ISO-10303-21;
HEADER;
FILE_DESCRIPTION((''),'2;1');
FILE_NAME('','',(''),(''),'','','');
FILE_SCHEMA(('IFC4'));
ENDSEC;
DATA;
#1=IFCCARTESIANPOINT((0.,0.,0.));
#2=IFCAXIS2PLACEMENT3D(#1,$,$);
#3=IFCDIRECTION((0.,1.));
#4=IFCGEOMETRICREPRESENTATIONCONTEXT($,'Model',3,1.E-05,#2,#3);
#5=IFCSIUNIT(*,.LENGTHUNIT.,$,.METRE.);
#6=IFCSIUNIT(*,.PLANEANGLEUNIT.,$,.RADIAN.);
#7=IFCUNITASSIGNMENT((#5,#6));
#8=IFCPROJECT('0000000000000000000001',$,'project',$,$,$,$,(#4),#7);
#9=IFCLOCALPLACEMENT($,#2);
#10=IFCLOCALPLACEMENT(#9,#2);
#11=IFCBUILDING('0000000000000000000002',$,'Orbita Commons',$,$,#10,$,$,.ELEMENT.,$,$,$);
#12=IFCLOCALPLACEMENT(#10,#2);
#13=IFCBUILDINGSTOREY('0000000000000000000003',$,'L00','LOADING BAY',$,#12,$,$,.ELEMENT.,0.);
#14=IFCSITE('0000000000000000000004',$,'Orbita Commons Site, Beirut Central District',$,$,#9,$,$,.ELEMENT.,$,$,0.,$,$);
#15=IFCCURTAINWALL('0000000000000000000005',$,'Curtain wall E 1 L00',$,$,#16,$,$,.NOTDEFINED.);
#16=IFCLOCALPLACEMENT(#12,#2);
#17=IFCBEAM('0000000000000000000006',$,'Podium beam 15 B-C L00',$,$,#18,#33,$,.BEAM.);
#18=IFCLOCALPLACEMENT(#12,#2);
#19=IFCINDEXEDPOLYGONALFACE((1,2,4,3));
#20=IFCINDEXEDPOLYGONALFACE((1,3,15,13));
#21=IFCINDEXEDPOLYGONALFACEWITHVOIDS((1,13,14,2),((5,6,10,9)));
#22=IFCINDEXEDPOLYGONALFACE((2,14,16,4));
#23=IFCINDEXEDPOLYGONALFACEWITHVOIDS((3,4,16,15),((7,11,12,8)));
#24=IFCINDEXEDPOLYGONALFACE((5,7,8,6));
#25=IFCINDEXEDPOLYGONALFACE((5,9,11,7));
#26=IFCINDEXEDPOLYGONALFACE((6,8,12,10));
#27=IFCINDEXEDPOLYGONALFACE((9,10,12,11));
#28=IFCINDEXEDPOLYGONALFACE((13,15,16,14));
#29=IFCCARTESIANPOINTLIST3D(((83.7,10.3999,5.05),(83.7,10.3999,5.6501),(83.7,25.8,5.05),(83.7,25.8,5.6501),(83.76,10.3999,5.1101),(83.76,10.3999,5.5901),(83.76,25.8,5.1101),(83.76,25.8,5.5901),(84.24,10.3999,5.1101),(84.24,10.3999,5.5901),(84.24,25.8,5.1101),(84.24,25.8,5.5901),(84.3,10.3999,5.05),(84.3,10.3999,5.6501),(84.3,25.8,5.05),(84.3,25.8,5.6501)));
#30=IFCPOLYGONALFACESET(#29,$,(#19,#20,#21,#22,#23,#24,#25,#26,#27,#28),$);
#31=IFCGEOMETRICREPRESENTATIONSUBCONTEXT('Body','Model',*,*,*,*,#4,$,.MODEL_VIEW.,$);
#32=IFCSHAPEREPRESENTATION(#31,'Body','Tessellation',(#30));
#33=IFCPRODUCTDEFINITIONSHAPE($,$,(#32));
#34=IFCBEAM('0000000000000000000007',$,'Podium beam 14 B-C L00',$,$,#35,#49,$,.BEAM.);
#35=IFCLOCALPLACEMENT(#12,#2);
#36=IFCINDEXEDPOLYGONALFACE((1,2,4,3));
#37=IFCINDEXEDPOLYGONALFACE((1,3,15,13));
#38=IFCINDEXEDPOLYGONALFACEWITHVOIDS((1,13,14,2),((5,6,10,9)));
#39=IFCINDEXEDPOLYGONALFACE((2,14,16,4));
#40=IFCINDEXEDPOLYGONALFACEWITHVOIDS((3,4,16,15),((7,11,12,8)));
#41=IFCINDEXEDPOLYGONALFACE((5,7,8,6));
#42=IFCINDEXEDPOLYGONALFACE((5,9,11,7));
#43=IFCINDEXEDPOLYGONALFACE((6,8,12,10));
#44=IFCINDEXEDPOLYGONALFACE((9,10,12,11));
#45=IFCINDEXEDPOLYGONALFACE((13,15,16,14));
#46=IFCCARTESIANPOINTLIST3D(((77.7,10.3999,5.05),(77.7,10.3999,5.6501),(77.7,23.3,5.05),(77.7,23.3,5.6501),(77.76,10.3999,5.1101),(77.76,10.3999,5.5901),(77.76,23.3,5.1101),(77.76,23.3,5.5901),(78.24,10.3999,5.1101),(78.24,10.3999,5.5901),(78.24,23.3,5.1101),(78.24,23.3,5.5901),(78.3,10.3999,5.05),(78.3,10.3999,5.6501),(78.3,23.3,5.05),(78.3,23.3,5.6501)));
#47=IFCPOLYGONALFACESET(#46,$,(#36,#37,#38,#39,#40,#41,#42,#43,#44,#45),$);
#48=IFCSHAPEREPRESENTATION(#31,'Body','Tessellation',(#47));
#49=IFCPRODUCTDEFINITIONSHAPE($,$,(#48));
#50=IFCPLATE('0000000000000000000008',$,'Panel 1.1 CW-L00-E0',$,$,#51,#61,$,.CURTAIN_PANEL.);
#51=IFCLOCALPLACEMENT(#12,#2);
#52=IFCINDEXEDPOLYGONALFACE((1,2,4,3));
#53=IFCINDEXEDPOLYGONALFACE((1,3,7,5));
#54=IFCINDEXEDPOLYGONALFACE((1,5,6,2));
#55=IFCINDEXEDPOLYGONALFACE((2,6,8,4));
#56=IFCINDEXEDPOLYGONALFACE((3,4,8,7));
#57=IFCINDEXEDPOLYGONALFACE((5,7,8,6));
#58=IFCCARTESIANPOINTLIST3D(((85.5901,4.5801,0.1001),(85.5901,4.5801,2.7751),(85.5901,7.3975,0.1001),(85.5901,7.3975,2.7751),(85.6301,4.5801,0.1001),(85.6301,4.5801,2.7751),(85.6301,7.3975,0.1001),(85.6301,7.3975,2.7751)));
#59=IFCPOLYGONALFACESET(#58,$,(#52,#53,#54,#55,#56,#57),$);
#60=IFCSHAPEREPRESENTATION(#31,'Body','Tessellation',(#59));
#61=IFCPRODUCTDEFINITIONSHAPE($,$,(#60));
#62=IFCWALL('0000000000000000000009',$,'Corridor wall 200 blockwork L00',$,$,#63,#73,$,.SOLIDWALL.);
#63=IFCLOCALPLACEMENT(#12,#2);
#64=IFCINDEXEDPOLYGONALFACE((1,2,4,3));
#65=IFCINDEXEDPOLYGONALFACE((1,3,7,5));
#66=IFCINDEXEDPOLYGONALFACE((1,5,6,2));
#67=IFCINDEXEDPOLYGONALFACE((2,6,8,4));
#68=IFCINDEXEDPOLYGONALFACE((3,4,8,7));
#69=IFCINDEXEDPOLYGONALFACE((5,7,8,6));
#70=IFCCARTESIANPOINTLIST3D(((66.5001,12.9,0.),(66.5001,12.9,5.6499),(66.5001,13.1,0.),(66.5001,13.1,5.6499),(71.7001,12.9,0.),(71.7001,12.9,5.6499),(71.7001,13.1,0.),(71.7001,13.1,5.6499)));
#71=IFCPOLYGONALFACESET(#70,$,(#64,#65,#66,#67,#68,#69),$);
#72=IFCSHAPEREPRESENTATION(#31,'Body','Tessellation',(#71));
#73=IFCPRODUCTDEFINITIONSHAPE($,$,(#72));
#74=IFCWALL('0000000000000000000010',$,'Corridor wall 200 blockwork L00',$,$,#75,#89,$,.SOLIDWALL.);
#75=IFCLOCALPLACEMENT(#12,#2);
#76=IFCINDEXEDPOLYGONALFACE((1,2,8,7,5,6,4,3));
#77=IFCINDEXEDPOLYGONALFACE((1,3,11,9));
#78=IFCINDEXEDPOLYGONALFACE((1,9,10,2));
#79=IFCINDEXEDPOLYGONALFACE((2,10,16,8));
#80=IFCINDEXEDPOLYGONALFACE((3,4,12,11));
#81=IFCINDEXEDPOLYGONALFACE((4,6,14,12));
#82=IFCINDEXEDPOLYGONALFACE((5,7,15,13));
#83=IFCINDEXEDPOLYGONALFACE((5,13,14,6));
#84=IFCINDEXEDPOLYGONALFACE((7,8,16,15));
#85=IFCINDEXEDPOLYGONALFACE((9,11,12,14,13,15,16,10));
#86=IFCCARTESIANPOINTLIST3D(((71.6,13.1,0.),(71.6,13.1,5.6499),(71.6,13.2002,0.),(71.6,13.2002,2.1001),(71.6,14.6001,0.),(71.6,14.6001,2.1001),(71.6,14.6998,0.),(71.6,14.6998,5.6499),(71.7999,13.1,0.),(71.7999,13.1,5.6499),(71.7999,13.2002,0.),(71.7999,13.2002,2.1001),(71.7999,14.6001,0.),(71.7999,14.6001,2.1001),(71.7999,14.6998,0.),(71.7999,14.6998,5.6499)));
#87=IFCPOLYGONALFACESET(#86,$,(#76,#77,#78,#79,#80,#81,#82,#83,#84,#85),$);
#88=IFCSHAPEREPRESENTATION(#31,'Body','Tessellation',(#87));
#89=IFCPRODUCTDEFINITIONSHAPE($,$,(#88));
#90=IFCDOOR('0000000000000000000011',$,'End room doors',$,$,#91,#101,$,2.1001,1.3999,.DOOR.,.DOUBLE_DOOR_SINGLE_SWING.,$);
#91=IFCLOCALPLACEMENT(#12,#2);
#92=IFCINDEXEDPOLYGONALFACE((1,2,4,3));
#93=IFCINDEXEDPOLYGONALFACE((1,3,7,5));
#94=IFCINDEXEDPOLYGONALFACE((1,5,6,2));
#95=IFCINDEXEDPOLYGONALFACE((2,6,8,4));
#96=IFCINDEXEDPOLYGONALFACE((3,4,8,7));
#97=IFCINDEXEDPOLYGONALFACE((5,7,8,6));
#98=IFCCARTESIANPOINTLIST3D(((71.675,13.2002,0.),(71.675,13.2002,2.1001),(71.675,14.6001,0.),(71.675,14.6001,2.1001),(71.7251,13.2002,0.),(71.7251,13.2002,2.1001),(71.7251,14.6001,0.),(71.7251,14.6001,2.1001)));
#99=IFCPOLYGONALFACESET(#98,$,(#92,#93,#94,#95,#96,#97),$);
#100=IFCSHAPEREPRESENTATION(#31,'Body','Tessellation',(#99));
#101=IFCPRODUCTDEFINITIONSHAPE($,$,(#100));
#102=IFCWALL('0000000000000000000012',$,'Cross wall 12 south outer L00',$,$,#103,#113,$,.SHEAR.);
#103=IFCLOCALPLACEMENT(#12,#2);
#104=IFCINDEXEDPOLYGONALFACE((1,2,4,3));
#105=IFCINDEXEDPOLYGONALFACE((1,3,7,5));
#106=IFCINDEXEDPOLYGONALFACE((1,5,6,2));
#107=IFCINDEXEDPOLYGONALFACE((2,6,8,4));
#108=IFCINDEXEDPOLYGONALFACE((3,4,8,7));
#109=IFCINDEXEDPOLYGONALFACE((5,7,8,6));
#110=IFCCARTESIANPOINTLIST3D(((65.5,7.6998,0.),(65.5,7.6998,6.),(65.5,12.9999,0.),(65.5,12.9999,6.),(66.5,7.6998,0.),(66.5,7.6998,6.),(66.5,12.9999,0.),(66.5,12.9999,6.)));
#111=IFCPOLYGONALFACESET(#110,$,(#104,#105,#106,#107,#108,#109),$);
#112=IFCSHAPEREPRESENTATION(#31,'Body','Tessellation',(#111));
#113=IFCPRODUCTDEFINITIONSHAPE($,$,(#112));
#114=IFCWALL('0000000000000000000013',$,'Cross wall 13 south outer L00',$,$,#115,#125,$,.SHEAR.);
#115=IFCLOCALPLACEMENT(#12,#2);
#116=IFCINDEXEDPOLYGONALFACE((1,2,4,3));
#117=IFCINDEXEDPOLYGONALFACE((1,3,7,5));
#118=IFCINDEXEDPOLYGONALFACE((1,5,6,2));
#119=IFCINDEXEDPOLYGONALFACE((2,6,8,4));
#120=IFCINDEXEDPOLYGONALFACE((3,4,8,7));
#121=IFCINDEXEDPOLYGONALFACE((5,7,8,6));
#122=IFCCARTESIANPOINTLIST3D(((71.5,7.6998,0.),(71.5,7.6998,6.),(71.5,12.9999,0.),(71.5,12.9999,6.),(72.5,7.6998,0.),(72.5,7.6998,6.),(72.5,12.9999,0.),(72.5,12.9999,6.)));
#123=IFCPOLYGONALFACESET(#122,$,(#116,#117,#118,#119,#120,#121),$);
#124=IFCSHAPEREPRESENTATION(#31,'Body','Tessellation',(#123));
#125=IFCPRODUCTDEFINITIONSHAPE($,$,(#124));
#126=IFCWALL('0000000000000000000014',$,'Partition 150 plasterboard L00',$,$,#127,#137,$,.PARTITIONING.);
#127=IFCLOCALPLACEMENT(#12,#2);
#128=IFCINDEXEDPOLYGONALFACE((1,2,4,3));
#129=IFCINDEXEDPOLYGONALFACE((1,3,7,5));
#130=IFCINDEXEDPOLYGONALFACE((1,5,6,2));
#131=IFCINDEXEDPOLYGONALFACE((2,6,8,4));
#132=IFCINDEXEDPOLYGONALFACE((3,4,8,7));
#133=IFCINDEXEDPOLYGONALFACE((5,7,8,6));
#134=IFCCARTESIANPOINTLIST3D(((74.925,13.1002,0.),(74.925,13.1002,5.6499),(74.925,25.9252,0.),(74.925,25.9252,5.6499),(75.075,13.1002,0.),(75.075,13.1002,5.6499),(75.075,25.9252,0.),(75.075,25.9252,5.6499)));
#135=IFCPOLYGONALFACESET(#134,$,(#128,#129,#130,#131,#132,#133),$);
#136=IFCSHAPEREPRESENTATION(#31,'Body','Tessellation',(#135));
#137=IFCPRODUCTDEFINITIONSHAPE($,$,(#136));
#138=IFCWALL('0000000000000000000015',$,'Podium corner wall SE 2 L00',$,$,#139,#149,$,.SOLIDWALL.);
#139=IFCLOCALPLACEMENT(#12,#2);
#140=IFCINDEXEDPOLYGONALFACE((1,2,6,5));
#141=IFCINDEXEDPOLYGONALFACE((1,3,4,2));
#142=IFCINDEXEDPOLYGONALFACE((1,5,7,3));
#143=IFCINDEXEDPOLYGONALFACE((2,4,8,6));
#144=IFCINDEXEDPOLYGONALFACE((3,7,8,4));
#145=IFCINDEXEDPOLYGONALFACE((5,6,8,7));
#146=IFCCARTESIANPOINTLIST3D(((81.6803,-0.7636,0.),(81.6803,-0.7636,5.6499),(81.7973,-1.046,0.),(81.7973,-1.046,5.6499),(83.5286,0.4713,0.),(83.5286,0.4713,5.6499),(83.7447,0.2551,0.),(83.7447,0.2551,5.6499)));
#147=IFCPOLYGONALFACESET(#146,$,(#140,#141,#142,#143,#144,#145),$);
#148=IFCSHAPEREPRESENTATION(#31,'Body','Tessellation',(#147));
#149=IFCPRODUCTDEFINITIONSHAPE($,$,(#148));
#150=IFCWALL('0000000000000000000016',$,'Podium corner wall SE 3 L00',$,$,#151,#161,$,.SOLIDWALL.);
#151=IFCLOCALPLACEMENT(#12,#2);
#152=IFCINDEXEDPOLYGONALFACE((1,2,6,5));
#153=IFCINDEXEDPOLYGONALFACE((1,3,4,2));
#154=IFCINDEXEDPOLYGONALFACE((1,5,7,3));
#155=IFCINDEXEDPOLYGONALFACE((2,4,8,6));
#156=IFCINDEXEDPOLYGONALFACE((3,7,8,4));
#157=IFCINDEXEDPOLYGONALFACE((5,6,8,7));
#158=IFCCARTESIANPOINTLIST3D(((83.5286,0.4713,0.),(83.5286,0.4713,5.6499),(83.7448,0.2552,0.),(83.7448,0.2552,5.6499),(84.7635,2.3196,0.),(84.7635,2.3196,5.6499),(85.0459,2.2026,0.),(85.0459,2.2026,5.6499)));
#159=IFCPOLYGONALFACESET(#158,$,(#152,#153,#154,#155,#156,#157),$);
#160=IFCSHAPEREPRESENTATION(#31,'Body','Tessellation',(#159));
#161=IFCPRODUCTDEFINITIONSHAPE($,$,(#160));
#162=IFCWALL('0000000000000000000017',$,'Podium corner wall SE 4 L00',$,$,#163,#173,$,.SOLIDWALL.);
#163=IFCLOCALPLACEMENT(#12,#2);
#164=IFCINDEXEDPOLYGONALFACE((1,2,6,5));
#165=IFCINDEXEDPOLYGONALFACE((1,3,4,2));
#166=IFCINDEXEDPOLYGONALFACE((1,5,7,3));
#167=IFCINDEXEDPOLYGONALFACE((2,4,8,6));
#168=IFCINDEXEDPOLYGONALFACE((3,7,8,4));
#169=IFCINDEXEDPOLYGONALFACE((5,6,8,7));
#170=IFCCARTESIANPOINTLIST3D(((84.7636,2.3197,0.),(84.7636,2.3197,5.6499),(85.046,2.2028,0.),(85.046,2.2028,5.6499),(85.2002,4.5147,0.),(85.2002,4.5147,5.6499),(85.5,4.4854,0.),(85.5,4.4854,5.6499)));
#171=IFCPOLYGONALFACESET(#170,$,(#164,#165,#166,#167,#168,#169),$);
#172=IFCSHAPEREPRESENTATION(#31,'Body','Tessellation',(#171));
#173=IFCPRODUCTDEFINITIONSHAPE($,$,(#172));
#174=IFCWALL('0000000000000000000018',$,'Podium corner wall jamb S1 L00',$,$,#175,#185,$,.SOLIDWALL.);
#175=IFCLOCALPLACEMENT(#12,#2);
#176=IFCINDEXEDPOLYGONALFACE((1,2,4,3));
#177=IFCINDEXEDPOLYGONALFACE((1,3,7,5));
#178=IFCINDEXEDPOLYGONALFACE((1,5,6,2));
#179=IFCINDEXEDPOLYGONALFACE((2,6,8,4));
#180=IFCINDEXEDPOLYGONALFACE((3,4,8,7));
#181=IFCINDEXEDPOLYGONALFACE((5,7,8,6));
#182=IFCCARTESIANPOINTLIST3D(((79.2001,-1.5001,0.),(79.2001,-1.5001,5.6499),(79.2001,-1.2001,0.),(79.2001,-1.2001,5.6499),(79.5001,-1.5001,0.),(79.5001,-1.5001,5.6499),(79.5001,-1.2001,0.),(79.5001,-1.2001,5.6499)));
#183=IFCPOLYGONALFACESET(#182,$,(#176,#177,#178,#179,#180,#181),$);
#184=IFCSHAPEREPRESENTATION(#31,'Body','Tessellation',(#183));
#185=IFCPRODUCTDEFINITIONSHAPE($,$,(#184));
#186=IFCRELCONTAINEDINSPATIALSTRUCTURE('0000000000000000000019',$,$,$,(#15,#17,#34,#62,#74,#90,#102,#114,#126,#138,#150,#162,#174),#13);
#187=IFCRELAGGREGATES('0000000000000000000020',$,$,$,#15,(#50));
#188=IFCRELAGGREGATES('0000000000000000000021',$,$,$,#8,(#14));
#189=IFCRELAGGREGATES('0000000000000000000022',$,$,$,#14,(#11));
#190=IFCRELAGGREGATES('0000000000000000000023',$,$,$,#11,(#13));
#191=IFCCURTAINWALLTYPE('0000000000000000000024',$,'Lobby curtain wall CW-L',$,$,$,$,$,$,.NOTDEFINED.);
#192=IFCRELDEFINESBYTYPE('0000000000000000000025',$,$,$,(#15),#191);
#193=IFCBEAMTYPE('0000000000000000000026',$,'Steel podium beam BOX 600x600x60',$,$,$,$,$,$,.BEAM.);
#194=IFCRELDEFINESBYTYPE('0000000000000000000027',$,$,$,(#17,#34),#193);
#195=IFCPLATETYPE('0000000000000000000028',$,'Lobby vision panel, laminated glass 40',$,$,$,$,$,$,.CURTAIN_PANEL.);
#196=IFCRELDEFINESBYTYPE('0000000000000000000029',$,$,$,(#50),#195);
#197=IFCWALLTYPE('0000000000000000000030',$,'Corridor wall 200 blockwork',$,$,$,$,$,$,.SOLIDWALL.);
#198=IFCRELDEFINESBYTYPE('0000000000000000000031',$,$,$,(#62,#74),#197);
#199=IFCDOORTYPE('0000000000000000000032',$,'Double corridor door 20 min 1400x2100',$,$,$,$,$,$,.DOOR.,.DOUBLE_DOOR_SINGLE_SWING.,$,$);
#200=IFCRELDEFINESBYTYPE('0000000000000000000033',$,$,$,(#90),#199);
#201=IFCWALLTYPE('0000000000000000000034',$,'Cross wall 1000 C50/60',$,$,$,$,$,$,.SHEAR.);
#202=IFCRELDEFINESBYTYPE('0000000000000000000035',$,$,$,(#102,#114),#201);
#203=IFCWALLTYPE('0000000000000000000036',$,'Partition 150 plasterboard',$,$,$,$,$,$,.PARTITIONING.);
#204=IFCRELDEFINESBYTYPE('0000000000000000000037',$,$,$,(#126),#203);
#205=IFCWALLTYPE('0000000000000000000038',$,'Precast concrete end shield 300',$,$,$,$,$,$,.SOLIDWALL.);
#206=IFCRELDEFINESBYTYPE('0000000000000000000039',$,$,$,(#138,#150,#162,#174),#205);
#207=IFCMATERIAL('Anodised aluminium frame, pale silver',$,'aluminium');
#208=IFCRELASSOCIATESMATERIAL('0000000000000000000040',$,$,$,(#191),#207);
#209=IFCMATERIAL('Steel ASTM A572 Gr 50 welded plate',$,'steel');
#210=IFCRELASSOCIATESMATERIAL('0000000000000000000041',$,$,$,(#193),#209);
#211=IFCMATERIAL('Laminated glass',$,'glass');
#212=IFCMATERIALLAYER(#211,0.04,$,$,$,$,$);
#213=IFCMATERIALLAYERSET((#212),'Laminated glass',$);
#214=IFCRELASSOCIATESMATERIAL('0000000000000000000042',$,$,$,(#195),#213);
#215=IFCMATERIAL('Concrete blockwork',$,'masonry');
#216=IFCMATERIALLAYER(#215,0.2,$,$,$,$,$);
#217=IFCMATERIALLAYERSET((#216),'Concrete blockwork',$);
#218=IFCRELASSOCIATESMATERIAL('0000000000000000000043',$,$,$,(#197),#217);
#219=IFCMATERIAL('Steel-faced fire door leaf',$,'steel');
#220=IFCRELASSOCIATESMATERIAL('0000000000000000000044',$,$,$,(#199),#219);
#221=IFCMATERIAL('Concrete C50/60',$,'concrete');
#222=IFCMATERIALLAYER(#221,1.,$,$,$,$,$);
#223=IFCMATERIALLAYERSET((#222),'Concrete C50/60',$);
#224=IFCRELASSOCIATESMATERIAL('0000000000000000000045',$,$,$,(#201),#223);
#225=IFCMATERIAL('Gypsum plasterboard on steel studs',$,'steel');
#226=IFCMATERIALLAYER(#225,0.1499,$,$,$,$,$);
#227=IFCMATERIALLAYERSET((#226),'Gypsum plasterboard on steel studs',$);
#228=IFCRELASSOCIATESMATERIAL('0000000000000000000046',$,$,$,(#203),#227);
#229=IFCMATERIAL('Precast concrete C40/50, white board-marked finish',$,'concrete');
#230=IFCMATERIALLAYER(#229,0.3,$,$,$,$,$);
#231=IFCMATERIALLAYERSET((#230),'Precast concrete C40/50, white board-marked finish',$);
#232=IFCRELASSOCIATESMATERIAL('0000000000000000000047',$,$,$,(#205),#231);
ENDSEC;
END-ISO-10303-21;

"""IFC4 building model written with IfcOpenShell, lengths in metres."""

from ifc_helpers import new_model, si_unit, direction, frame, frame_2d, origin, origin_2d, place, context, subcontext, project, spatial, polyline, rectangle, hollow_rectangle, outline, extrude, material, layer, layer_set, material_profile, profile_set, type_object, element, fill, aggregate, save


model = new_model("IFC4")

# Units and contexts
model_context = context("Model", 3, precision=1e-05, world=origin(), true_north=direction((0.0, 1.0)))
body_context = subcontext(model_context, "Body", "Model", "MODEL_VIEW")
ifc_project = project(units=[si_unit("LENGTHUNIT", "METRE"), si_unit("PLANEANGLEUNIT", "RADIAN")], contexts=[model_context])

# Site, building, storey
site_placement = place(None, origin())
site = spatial("IfcSite", under=ifc_project, at=site_placement, Name="Orbita Commons Site, Beirut Central District", CompositionType="ELEMENT", RefElevation=0.0)
building_placement = place(site_placement, origin())
building = spatial("IfcBuilding", under=site, at=building_placement, Name="Orbita Commons", CompositionType="ELEMENT")
storey_placement = place(building_placement, origin())
storey = spatial("IfcBuildingStorey", under=building, at=storey_placement, Name="L00", Description="LOADING BAY", CompositionType="ELEMENT", Elevation=0.0)

# Curtain wall
ifc_material_1 = material(Name="Anodised aluminium frame, pale silver", Category="aluminium")
curtain_wall_type = type_object("IfcCurtainWallType", Name="Lobby curtain wall CW-L", PredefinedType="NOTDEFINED", material=ifc_material_1)
curtain_wall_placement = place(storey_placement, origin())
curtain_wall = element("IfcCurtainWall", 1, at=curtain_wall_placement, inside=storey, type_object=curtain_wall_type, Name="Curtain wall E 1 L00", PredefinedType="NOTDEFINED")

# Beams
ifc_material_2 = material(Name="Steel ASTM A572 Gr 50 welded plate", Category="steel")
ifc_material_profile_1 = material_profile(ifc_material_2, hollow_rectangle(XDim=0.6001, YDim=0.6001, WallThickness=0.0601, at=origin_2d()), Name="BOX 600x600x60")
ifc_profile_set_1 = profile_set([ifc_material_profile_1], Name="Steel ASTM A572 Gr 50 welded plate")
beam_type = type_object("IfcBeamType", Name="Steel podium beam BOX 600x600x60", PredefinedType="BEAM", material=ifc_profile_set_1)
beam_1_placement = place(storey_placement, frame((84.0, 10.3999, 5.3501), z_axis=(0.0, 1.0, 0.0), x_axis=(-1.0, 0.0, 0.0)))
element("IfcBeam", 2, at=beam_1_placement, inside=storey, type_object=beam_type, Name="Podium beam 15 B-C L00", PredefinedType="BEAM", context=body_context, shape_type="SweptSolid", body=[
    extrude(hollow_rectangle(XDim=0.6001, YDim=0.6001, WallThickness=0.0601, at=origin_2d()), origin(), (0.0, 0.0, 1.0), 15.4001),
])
beam_2_placement = place(storey_placement, frame((78.0, 10.3999, 5.3501), z_axis=(0.0, 1.0, 0.0), x_axis=(-1.0, 0.0, 0.0)))
element("IfcBeam", 3, at=beam_2_placement, inside=storey, type_object=beam_type, Name="Podium beam 14 B-C L00", PredefinedType="BEAM", context=body_context, shape_type="SweptSolid", body=[
    extrude(hollow_rectangle(XDim=0.6001, YDim=0.6001, WallThickness=0.0601, at=origin_2d()), origin(), (0.0, 0.0, 1.0), 12.9001),
])

# Plate
ifc_material_3 = material(Name="Laminated glass", Category="glass")
ifc_layer_1 = layer(ifc_material_3, 0.04)
ifc_layer_set_1 = layer_set([ifc_layer_1], Name="Laminated glass")
plate_type = type_object("IfcPlateType", Name="Lobby vision panel, laminated glass 40", PredefinedType="CURTAIN_PANEL", material=ifc_layer_set_1)
plate_placement = place(storey_placement, frame((85.6101, 5.9888, 0.1001), z_axis=(0.0, 0.0, 1.0), x_axis=(0.0, 1.0, 0.0)))
plate = element("IfcPlate", 4, at=plate_placement, type_object=plate_type, Name="Panel 1.1 CW-L00-E0", PredefinedType="CURTAIN_PANEL", context=body_context, shape_type="SweptSolid", body=[
    extrude(rectangle(XDim=2.8174, YDim=0.04, at=origin_2d()), origin(), (0.0, 0.0, 1.0), 2.675),
])
aggregate(curtain_wall, [plate])

# Wall
ifc_material_4 = material(Name="Concrete blockwork", Category="masonry")
ifc_layer_2 = layer(ifc_material_4, 0.2)
ifc_layer_set_2 = layer_set([ifc_layer_2], Name="Concrete blockwork")
wall_type_1 = type_object("IfcWallType", Name="Corridor wall 200 blockwork", PredefinedType="SOLIDWALL", material=ifc_layer_set_2)
wall_1_placement = place(storey_placement, frame((66.5, 13.0, 0.0), z_axis=(0.0, 0.0, 1.0), x_axis=(1.0, 0.0, 0.0)))
element("IfcWall", 5, at=wall_1_placement, inside=storey, type_object=wall_type_1, Name="Corridor wall 200 blockwork L00", PredefinedType="SOLIDWALL", context=body_context, shape_type="SweptSolid", body=[
    extrude(rectangle(XDim=5.2, YDim=0.2, at=frame_2d((2.6001, 0.0))), origin(), (0.0, 0.0, 1.0), 5.6499),
])

# Wall, opening, door
wall_2_placement = place(storey_placement, frame((71.7, 13.1001, 0.0), z_axis=(0.0, 0.0, 1.0), x_axis=(0.0, 1.0, 0.0)))
wall_2 = element("IfcWall", 6, at=wall_2_placement, inside=storey, type_object=wall_type_1, Name="Corridor wall 200 blockwork L00", PredefinedType="SOLIDWALL", context=body_context, shape_type="SweptSolid", body=[
    extrude(rectangle(XDim=1.5999, YDim=0.2, at=frame_2d((0.7998, 0.0))), origin(), (0.0, 0.0, 1.0), 5.6499),
])
opening_placement = place(wall_2_placement, frame((0.1001, 0.0, 0.0)))
opening = element("IfcOpeningElement", 7, at=opening_placement, cuts=wall_2, PredefinedType="OPENING", context=body_context, shape_type="SweptSolid", body=[
    extrude(rectangle(XDim=1.3999, YDim=2.1001, at=frame_2d((0.7, 1.05))), frame((0.0, 0.1099, 0.0), z_axis=(0.0, -1.0, 0.0), x_axis=(1.0, 0.0, 0.0)), (0.0, 0.0, 1.0), 0.22),
])
ifc_material_5 = material(Name="Steel-faced fire door leaf", Category="steel")
door_type = type_object("IfcDoorType", Name="Double corridor door 20 min 1400x2100", OperationType="DOUBLE_DOOR_SINGLE_SWING", PredefinedType="DOOR", material=ifc_material_5)
door_placement = place(opening_placement, origin())
door = element("IfcDoor", 8, at=door_placement, inside=storey, type_object=door_type, Name="End room doors", OperationType="DOUBLE_DOOR_SINGLE_SWING", OverallHeight=2.1001, OverallWidth=1.3999, PredefinedType="DOOR", context=body_context, shape_type="SweptSolid", body=[
    extrude(rectangle(XDim=1.3999, YDim=2.1001, at=frame_2d((0.7, 1.05))), frame((0.0, 0.0249, 0.0), z_axis=(0.0, -1.0, 0.0), x_axis=(1.0, 0.0, 0.0)), (0.0, 0.0, 1.0), 0.05),
])
fill(opening, door)

# Walls
ifc_material_6 = material(Name="Concrete C50/60", Category="concrete")
ifc_layer_3 = layer(ifc_material_6, 1.0)
ifc_layer_set_3 = layer_set([ifc_layer_3], Name="Concrete C50/60")
wall_type_2 = type_object("IfcWallType", Name="Cross wall 1000 C50/60", PredefinedType="SHEAR", material=ifc_layer_set_3)
for number, where, z_axis, x_axis, name in (
    (9, (66.0, 7.7, 0.0), (0.0, 0.0, 1.0), (0.0, 1.0, 0.0), "Cross wall 12 south outer L00"),
    (10, (72.0, 7.7, 0.0), (0.0, 0.0, 1.0), (0.0, 1.0, 0.0), "Cross wall 13 south outer L00"),
):
    element("IfcWall", number, at=place(storey_placement, frame(where, z_axis=z_axis, x_axis=x_axis)), inside=storey, type_object=wall_type_2, Name=name, PredefinedType="SHEAR", context=body_context, shape_type="SweptSolid", body=[
        extrude(rectangle(XDim=5.3, YDim=1.0, at=frame_2d((2.6499, 0.0))), origin(), (0.0, 0.0, 1.0), 6.0),
    ])
ifc_material_7 = material(Name="Gypsum plasterboard on steel studs", Category="steel")
ifc_layer_4 = layer(ifc_material_7, 0.1499)
ifc_layer_set_4 = layer_set([ifc_layer_4], Name="Gypsum plasterboard on steel studs")
wall_type_3 = type_object("IfcWallType", Name="Partition 150 plasterboard", PredefinedType="PARTITIONING", material=ifc_layer_set_4)
wall_3_placement = place(storey_placement, frame((75.0, 13.1001, 0.0), z_axis=(0.0, 0.0, 1.0), x_axis=(0.0, 1.0, 0.0)))
element("IfcWall", 11, at=wall_3_placement, inside=storey, type_object=wall_type_3, Name="Partition 150 plasterboard L00", PredefinedType="PARTITIONING", context=body_context, shape_type="SweptSolid", body=[
    extrude(rectangle(XDim=12.825, YDim=0.1499, at=frame_2d((6.4126, 0.0))), origin(), (0.0, 0.0, 1.0), 5.6499),
])
ifc_material_8 = material(Name="Precast concrete C40/50, white board-marked finish", Category="concrete")
ifc_layer_5 = layer(ifc_material_8, 0.3)
ifc_layer_set_5 = layer_set([ifc_layer_5], Name="Precast concrete C40/50, white board-marked finish")
wall_type_4 = type_object("IfcWallType", Name="Precast concrete end shield 300", PredefinedType="SOLIDWALL", material=ifc_layer_set_5)
for number, where, z_axis, x_axis, name in (
    (12, (81.7388, -0.9048, 0.0), (0.0, 0.0, 1.0), (0.83149, 0.555539, 0.0), "Podium corner wall SE 2 L00"),
    (13, (83.6367, 0.3633, 0.0), (0.0, 0.0, 1.0), (0.555539, 0.83149, 0.0), "Podium corner wall SE 3 L00"),
):
    element("IfcWall", number, at=place(storey_placement, frame(where, z_axis=z_axis, x_axis=x_axis)), inside=storey, type_object=wall_type_4, Name=name, PredefinedType="SOLIDWALL", context=body_context, shape_type="SweptSolid", body=[
        extrude(outline(polyline([(-0.0298, -0.1499), (2.3123, -0.1499), (2.2527, 0.1499), (0.0298, 0.1499), (-0.0298, -0.1499)])), origin(), (0.0, 0.0, 1.0), 5.6499),
    ])
wall_4_placement = place(storey_placement, frame((84.9048, 2.2612, 0.0), z_axis=(0.0, 0.0, 1.0), x_axis=(0.195088, 0.980786, 0.0)))
element("IfcWall", 14, at=wall_4_placement, inside=storey, type_object=wall_type_4, Name="Podium corner wall SE 4 L00", PredefinedType="SOLIDWALL", context=body_context, shape_type="SweptSolid", body=[
    extrude(outline(polyline([(-0.0298, -0.1499), (2.2976, -0.1499), (2.2678, 0.1499), (0.0298, 0.1499), (-0.0298, -0.1499)])), origin(), (0.0, 0.0, 1.0), 5.6499),
])
for number, where, z_axis, x_axis, name in (
    (15, (79.5, -1.3501, 0.0), (0.0, 0.0, 1.0), (-1.0, 0.0, 0.0), "Podium corner wall jamb S1 L00"),
):
    element("IfcWall", number, at=place(storey_placement, frame(where, z_axis=z_axis, x_axis=x_axis)), inside=storey, type_object=wall_type_4, Name=name, PredefinedType="SOLIDWALL", context=body_context, shape_type="SweptSolid", body=[
        extrude(rectangle(XDim=0.3, YDim=0.3, at=frame_2d((0.1499, 0.0))), origin(), (0.0, 0.0, 1.0), 5.6499),
    ])

save(model, "model.ifc")
